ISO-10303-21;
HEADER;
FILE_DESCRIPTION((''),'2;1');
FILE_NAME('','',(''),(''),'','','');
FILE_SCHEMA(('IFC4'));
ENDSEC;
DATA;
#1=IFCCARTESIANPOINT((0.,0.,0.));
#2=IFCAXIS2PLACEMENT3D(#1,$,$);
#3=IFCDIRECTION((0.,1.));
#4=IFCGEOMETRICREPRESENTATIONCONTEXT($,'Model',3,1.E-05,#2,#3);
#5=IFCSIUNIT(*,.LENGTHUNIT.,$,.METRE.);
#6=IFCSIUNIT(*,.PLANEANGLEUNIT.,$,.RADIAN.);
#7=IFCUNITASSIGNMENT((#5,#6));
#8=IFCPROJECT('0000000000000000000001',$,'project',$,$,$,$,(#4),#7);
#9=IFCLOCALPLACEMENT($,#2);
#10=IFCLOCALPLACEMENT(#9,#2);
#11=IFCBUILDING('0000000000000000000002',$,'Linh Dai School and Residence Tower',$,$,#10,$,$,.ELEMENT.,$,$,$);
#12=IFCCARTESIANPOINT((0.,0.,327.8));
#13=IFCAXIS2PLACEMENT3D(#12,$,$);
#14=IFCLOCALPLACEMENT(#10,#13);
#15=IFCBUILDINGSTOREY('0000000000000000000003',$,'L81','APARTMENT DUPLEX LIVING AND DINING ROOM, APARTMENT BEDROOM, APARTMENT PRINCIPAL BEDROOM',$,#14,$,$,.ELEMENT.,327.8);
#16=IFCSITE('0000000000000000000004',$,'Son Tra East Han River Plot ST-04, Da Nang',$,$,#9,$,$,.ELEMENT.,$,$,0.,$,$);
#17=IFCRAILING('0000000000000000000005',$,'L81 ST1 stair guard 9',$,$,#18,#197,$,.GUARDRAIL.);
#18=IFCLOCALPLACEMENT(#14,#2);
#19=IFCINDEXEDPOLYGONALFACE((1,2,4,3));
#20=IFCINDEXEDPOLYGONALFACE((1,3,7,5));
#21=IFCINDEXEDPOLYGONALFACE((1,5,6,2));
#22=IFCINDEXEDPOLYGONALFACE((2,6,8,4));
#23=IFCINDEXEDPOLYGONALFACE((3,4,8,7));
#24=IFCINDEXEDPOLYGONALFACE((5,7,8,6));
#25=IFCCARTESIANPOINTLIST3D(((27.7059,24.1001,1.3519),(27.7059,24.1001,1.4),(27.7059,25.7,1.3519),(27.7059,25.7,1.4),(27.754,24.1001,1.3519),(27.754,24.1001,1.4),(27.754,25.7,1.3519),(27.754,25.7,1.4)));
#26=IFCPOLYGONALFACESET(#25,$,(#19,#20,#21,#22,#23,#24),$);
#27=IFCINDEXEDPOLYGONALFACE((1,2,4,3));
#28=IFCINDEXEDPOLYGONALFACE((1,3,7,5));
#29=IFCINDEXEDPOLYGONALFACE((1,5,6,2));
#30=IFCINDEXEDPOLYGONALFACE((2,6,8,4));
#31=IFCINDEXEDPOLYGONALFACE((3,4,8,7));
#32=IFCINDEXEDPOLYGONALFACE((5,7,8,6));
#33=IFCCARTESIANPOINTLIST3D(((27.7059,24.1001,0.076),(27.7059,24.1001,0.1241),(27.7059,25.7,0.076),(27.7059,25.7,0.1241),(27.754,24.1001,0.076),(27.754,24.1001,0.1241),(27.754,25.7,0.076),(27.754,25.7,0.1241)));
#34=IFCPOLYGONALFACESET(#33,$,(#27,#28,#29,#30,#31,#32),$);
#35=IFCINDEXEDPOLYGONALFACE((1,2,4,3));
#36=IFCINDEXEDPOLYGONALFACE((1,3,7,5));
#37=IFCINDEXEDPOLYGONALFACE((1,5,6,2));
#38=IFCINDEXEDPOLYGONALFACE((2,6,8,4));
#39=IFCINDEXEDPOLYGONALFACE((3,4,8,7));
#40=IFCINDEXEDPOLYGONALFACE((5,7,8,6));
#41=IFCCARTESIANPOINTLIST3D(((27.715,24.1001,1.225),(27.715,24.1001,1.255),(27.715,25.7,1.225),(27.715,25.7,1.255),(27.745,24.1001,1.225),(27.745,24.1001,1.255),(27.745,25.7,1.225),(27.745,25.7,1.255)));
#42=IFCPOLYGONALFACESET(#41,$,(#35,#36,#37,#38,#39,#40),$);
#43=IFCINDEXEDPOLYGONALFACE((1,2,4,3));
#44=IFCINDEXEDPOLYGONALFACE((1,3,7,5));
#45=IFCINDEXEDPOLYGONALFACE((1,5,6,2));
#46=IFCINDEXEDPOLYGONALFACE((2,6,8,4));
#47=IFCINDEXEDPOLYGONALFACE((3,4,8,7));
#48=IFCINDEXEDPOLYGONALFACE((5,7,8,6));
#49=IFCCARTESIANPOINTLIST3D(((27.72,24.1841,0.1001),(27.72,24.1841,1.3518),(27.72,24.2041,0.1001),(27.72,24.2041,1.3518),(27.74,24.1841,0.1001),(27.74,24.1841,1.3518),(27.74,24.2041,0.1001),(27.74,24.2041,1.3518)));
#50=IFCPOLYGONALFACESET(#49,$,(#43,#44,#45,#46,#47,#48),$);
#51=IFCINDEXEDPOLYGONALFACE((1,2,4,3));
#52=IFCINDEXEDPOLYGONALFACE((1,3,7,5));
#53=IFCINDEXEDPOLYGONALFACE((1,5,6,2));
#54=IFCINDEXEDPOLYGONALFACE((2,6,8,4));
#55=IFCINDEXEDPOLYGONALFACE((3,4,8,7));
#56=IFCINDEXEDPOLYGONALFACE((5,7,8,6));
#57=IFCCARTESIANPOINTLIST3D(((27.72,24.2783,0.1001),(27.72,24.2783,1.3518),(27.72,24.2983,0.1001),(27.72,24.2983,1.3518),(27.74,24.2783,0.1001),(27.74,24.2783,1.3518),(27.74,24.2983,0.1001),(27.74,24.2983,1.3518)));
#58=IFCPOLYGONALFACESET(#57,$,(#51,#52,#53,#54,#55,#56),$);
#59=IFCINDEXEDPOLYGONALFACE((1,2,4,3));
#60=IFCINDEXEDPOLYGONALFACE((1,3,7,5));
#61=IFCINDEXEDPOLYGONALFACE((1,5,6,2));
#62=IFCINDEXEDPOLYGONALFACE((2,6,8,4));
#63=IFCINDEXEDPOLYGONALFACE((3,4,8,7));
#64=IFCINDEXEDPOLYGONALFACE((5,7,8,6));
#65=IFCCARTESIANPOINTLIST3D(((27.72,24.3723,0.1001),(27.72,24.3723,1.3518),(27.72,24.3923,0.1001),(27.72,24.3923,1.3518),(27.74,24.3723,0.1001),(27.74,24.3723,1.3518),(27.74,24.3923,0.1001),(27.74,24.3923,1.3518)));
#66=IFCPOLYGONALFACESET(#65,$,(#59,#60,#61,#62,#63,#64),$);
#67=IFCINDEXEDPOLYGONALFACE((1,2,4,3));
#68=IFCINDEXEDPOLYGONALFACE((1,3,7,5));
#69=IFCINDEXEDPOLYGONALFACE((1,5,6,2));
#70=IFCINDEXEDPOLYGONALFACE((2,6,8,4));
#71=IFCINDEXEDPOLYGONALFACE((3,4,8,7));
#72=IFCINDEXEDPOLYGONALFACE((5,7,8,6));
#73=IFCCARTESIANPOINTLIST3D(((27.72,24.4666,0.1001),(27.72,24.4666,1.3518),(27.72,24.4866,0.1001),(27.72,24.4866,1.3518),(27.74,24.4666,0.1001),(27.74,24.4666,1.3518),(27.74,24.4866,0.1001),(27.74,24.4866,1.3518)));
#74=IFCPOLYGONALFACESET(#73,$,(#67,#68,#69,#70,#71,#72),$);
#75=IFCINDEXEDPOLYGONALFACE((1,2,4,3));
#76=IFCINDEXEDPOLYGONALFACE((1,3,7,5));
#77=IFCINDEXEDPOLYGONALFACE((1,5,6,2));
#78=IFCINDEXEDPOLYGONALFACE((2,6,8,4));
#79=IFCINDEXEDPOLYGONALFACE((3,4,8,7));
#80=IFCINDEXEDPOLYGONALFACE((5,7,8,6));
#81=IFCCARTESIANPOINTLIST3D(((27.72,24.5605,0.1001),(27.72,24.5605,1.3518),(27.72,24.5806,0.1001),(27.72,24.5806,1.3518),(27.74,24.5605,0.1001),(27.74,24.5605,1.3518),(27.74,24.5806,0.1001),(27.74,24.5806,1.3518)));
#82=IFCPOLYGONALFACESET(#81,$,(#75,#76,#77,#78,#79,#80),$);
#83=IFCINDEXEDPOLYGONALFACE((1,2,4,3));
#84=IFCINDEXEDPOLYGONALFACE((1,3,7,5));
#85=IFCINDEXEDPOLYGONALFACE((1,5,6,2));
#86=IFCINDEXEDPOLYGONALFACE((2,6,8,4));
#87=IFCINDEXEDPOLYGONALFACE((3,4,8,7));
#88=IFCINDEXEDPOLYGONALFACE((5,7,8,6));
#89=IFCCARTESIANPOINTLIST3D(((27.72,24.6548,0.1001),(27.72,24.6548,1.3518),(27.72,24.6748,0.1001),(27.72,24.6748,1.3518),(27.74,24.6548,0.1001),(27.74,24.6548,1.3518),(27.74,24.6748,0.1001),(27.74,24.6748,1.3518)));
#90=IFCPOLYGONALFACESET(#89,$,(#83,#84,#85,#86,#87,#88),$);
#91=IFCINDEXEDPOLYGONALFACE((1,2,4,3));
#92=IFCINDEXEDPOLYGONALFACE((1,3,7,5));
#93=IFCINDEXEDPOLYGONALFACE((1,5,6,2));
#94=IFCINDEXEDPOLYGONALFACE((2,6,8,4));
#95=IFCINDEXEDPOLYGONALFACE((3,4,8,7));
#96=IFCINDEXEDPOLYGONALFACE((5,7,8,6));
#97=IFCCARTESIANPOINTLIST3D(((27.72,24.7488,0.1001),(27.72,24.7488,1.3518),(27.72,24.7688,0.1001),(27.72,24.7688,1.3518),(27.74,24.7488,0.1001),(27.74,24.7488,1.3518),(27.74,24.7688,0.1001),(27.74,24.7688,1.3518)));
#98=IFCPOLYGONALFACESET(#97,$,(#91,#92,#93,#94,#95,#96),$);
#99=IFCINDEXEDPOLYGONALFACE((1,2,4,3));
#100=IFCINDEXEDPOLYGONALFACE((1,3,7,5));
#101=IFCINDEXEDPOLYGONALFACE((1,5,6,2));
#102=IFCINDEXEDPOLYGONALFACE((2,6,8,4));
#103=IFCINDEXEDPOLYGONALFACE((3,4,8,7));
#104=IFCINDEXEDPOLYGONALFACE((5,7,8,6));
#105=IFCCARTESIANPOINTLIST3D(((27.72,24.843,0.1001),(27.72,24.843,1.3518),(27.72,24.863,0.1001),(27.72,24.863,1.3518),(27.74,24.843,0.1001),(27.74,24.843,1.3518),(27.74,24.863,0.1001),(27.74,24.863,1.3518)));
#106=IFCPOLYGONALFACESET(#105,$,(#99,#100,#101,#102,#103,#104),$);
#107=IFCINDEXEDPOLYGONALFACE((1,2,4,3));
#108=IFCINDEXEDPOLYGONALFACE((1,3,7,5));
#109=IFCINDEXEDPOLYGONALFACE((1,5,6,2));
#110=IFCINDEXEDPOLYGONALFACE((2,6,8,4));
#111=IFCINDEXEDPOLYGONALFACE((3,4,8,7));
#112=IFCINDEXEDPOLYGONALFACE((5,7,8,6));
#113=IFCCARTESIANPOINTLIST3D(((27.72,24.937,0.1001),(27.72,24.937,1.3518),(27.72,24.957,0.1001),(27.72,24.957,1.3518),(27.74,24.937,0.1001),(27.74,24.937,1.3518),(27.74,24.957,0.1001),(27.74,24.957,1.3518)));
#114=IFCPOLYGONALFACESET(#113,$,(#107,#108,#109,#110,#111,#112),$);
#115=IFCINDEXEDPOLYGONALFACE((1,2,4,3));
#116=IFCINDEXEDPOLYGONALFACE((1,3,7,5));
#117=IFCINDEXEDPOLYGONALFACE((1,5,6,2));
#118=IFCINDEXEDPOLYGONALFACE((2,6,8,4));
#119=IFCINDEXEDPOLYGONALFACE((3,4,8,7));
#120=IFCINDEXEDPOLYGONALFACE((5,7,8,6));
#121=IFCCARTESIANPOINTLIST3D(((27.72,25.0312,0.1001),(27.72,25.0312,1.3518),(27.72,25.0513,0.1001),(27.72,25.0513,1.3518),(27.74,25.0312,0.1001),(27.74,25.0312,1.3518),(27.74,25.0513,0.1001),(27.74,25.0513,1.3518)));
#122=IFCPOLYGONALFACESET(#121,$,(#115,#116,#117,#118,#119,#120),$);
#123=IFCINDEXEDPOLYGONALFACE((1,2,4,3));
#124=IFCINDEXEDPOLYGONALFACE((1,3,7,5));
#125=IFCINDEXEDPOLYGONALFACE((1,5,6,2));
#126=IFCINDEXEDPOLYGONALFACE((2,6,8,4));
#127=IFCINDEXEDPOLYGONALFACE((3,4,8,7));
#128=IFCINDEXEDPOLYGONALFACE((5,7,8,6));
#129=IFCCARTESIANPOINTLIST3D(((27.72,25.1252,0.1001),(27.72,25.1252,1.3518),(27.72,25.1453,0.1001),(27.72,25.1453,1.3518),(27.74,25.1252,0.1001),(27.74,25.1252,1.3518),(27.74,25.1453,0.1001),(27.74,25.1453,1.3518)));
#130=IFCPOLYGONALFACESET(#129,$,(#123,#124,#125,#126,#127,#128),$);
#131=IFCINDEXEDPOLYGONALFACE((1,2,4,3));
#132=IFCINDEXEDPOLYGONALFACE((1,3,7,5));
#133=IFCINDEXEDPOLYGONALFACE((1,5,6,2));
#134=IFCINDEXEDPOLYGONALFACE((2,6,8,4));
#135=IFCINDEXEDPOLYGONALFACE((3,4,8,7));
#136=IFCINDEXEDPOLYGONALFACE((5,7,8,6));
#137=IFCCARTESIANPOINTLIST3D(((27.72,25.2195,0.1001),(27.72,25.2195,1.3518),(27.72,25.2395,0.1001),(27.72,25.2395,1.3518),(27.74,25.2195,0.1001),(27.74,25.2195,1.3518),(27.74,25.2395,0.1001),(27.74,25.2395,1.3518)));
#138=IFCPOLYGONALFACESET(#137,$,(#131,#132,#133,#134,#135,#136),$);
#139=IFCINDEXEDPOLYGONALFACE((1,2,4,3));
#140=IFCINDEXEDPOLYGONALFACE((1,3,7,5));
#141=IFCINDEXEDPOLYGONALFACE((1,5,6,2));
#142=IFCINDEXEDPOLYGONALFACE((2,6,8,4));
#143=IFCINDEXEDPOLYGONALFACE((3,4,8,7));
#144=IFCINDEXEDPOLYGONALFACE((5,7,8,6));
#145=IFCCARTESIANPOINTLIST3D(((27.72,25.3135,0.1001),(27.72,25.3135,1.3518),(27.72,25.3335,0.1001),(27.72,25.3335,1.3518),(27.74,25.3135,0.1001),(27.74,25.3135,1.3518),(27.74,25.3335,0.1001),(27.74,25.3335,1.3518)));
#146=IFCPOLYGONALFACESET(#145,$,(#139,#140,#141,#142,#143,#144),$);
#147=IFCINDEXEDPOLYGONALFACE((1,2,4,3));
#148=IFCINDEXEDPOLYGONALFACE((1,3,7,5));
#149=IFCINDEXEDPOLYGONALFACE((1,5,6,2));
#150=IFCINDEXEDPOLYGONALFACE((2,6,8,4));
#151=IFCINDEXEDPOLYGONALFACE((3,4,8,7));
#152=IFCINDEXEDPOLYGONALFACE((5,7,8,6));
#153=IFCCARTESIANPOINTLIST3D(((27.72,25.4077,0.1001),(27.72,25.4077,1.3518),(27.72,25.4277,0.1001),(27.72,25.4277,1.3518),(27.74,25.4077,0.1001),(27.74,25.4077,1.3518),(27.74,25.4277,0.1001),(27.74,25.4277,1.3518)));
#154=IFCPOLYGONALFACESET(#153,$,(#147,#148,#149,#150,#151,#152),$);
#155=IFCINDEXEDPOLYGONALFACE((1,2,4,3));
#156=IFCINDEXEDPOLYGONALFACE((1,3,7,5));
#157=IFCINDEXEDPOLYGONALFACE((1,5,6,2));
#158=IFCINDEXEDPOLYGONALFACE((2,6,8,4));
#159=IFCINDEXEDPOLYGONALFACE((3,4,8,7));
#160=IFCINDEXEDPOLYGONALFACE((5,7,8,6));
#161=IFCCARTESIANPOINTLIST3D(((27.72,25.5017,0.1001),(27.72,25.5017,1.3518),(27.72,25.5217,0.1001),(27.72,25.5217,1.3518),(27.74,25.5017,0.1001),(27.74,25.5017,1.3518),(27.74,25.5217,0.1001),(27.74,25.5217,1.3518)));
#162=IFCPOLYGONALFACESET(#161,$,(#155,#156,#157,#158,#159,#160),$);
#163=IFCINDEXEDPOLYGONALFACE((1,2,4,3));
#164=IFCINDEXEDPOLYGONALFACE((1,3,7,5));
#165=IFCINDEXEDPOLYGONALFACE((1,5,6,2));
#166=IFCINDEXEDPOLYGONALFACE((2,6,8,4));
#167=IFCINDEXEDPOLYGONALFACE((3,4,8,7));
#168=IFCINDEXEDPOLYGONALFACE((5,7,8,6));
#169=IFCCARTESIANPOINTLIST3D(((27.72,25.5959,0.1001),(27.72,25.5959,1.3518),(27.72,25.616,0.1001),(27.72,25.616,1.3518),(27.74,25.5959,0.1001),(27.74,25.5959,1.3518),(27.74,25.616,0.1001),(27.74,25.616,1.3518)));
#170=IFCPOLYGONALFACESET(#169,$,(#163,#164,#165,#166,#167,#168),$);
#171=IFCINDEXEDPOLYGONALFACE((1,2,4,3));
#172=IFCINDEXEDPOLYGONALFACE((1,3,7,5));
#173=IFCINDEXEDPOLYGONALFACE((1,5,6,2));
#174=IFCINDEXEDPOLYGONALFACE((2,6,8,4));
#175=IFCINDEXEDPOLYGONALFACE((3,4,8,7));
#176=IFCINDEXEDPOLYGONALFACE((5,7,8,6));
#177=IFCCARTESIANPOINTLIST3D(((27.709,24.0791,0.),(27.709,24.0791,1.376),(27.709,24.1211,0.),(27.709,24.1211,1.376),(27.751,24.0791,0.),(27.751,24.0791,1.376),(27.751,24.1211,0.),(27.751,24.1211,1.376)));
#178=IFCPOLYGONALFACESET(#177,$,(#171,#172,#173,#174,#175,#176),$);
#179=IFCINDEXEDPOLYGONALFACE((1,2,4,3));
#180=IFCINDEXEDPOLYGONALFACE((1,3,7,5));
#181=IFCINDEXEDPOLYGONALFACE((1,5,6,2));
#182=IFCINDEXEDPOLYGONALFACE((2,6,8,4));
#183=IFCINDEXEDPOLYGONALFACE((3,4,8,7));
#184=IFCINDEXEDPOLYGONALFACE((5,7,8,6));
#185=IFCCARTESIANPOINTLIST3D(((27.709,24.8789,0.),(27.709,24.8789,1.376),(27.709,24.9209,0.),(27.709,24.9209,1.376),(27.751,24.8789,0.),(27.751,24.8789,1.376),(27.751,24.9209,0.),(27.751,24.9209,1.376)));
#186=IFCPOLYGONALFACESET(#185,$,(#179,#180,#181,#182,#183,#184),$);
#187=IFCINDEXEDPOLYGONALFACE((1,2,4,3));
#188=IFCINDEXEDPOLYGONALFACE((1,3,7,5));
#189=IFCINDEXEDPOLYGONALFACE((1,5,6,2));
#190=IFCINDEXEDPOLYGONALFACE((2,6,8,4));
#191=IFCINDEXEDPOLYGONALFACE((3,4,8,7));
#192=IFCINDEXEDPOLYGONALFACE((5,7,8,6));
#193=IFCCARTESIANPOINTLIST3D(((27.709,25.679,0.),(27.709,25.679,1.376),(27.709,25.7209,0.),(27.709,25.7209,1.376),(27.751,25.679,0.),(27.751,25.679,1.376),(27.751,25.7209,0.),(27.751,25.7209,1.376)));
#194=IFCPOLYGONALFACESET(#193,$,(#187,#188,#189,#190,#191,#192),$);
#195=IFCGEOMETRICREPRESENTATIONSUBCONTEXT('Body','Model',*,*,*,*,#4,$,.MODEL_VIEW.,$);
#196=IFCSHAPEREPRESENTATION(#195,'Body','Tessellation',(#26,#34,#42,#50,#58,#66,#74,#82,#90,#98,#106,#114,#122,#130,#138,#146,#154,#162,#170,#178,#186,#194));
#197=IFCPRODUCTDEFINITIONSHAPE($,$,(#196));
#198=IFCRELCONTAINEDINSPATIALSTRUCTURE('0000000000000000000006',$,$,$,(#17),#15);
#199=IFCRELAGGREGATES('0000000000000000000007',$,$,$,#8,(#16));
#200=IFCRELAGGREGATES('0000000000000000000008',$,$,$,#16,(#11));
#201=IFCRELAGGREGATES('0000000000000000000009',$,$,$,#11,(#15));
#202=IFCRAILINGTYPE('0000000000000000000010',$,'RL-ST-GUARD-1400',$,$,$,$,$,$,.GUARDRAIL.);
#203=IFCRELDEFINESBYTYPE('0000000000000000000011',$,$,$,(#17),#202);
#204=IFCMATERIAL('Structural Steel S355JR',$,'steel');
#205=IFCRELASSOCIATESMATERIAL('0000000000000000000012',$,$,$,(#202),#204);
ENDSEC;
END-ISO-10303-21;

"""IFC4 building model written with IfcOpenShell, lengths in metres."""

from ifc_helpers import new_model, si_unit, direction, frame, origin, origin_2d, place, context, subcontext, project, spatial, rectangle, extrude, source, transform, mapped, material, type_object, element, save


model = new_model("IFC4")

# Units and contexts
model_context = context("Model", 3, precision=1e-05, world=origin(), true_north=direction((0.0, 1.0)))
body_context = subcontext(model_context, "Body", "Model", "MODEL_VIEW")
ifc_project = project(units=[si_unit("LENGTHUNIT", "METRE"), si_unit("PLANEANGLEUNIT", "RADIAN")], contexts=[model_context])

# Site, building, storey
site_placement = place(None, origin())
site = spatial("IfcSite", under=ifc_project, at=site_placement, Name="Son Tra East Han River Plot ST-04, Da Nang", CompositionType="ELEMENT", RefElevation=0.0)
building_placement = place(site_placement, origin())
building = spatial("IfcBuilding", under=site, at=building_placement, Name="Linh Dai School and Residence Tower", CompositionType="ELEMENT")
storey_placement = place(building_placement, frame((0.0, 0.0, 327.8)))
storey = spatial("IfcBuildingStorey", under=building, at=storey_placement, Name="L81", Description="APARTMENT DUPLEX LIVING AND DINING ROOM, APARTMENT BEDROOM, APARTMENT PRINCIPAL BEDROOM", CompositionType="ELEMENT", Elevation=327.8)

# Shared definitions
ifc_material_1 = material(Name="Structural Steel S355JR", Category="steel")

# Railing
railing_type_1 = type_object("IfcRailingType", Name="RL-ST-GUARD-1400", PredefinedType="GUARDRAIL", material=ifc_material_1)
shared_shape_1 = source(origin(), body_context, "Body", "SweptSolid", [
    extrude(rectangle(XDim=0.0481, YDim=0.0481, at=origin_2d()), frame((0.0, 0.0, 1.376), z_axis=(0.0, 1.0, 0.0), x_axis=(-1.0, 0.0, 0.0)), (0.0, 0.0, 1.0), 1.5999),
    extrude(rectangle(XDim=0.0481, YDim=0.0481, at=origin_2d()), frame((0.0, 0.0, 0.1001), z_axis=(0.0, 1.0, 0.0), x_axis=(-1.0, 0.0, 0.0)), (0.0, 0.0, 1.0), 1.5999),
    extrude(rectangle(XDim=0.03, YDim=0.03, at=origin_2d()), frame((0.0, 0.0, 1.24), z_axis=(0.0, 1.0, 0.0), x_axis=(-1.0, 0.0, 0.0)), (0.0, 0.0, 1.0), 1.5999),
    extrude(rectangle(XDim=0.02, YDim=0.02, at=origin_2d()), frame((0.0, 0.094, 0.1001)), (0.0, 0.0, 1.0), 1.2517),
    extrude(rectangle(XDim=0.02, YDim=0.02, at=origin_2d()), frame((0.0, 0.1882, 0.1001)), (0.0, 0.0, 1.0), 1.2517),
    extrude(rectangle(XDim=0.02, YDim=0.02, at=origin_2d()), frame((0.0, 0.2822, 0.1001)), (0.0, 0.0, 1.0), 1.2517),
    extrude(rectangle(XDim=0.02, YDim=0.02, at=origin_2d()), frame((0.0, 0.3765, 0.1001)), (0.0, 0.0, 1.0), 1.2517),
    extrude(rectangle(XDim=0.02, YDim=0.02, at=origin_2d()), frame((0.0, 0.4705, 0.1001)), (0.0, 0.0, 1.0), 1.2517),
    extrude(rectangle(XDim=0.02, YDim=0.02, at=origin_2d()), frame((0.0, 0.5647, 0.1001)), (0.0, 0.0, 1.0), 1.2517),
    extrude(rectangle(XDim=0.02, YDim=0.02, at=origin_2d()), frame((0.0, 0.6587, 0.1001)), (0.0, 0.0, 1.0), 1.2517),
    extrude(rectangle(XDim=0.02, YDim=0.02, at=origin_2d()), frame((0.0, 0.7529, 0.1001)), (0.0, 0.0, 1.0), 1.2517),
    extrude(rectangle(XDim=0.02, YDim=0.02, at=origin_2d()), frame((0.0, 0.8469, 0.1001)), (0.0, 0.0, 1.0), 1.2517),
    extrude(rectangle(XDim=0.02, YDim=0.02, at=origin_2d()), frame((0.0, 0.9412, 0.1001)), (0.0, 0.0, 1.0), 1.2517),
    extrude(rectangle(XDim=0.02, YDim=0.02, at=origin_2d()), frame((0.0, 1.0352, 0.1001)), (0.0, 0.0, 1.0), 1.2517),
    extrude(rectangle(XDim=0.02, YDim=0.02, at=origin_2d()), frame((0.0, 1.1294, 0.1001)), (0.0, 0.0, 1.0), 1.2517),
    extrude(rectangle(XDim=0.02, YDim=0.02, at=origin_2d()), frame((0.0, 1.2234, 0.1001)), (0.0, 0.0, 1.0), 1.2517),
    extrude(rectangle(XDim=0.02, YDim=0.02, at=origin_2d()), frame((0.0, 1.3176, 0.1001)), (0.0, 0.0, 1.0), 1.2517),
    extrude(rectangle(XDim=0.02, YDim=0.02, at=origin_2d()), frame((0.0, 1.4116, 0.1001)), (0.0, 0.0, 1.0), 1.2517),
    extrude(rectangle(XDim=0.02, YDim=0.02, at=origin_2d()), frame((0.0, 1.5059, 0.1001)), (0.0, 0.0, 1.0), 1.2517),
    extrude(rectangle(XDim=0.042, YDim=0.042, at=origin_2d()), origin(), (0.0, 0.0, 1.0), 1.376),
    extrude(rectangle(XDim=0.042, YDim=0.042, at=origin_2d()), frame((0.0, 0.7998, 0.0)), (0.0, 0.0, 1.0), 1.376),
    extrude(rectangle(XDim=0.042, YDim=0.042, at=origin_2d()), frame((0.0, 1.5999, 0.0)), (0.0, 0.0, 1.0), 1.376),
])
for number, where, name in (
    (1, (27.73, 24.1001, 0.0), "L81 ST1 stair guard 9"),
):
    element("IfcRailing", number, at=place(storey_placement, frame(where)), inside=storey, type_object=railing_type_1, Name=name, PredefinedType="GUARDRAIL", context=body_context, shape_type="MappedRepresentation", body=[
        mapped(shared_shape_1, transform((0.0, 0.0, 0.0), x_axis=(1.0, 0.0, 0.0), y_axis=(0.0, 1.0, 0.0), z_axis=(0.0, 0.0, 1.0), scale=1.0)),
    ])

save(model, "model.ifc")
